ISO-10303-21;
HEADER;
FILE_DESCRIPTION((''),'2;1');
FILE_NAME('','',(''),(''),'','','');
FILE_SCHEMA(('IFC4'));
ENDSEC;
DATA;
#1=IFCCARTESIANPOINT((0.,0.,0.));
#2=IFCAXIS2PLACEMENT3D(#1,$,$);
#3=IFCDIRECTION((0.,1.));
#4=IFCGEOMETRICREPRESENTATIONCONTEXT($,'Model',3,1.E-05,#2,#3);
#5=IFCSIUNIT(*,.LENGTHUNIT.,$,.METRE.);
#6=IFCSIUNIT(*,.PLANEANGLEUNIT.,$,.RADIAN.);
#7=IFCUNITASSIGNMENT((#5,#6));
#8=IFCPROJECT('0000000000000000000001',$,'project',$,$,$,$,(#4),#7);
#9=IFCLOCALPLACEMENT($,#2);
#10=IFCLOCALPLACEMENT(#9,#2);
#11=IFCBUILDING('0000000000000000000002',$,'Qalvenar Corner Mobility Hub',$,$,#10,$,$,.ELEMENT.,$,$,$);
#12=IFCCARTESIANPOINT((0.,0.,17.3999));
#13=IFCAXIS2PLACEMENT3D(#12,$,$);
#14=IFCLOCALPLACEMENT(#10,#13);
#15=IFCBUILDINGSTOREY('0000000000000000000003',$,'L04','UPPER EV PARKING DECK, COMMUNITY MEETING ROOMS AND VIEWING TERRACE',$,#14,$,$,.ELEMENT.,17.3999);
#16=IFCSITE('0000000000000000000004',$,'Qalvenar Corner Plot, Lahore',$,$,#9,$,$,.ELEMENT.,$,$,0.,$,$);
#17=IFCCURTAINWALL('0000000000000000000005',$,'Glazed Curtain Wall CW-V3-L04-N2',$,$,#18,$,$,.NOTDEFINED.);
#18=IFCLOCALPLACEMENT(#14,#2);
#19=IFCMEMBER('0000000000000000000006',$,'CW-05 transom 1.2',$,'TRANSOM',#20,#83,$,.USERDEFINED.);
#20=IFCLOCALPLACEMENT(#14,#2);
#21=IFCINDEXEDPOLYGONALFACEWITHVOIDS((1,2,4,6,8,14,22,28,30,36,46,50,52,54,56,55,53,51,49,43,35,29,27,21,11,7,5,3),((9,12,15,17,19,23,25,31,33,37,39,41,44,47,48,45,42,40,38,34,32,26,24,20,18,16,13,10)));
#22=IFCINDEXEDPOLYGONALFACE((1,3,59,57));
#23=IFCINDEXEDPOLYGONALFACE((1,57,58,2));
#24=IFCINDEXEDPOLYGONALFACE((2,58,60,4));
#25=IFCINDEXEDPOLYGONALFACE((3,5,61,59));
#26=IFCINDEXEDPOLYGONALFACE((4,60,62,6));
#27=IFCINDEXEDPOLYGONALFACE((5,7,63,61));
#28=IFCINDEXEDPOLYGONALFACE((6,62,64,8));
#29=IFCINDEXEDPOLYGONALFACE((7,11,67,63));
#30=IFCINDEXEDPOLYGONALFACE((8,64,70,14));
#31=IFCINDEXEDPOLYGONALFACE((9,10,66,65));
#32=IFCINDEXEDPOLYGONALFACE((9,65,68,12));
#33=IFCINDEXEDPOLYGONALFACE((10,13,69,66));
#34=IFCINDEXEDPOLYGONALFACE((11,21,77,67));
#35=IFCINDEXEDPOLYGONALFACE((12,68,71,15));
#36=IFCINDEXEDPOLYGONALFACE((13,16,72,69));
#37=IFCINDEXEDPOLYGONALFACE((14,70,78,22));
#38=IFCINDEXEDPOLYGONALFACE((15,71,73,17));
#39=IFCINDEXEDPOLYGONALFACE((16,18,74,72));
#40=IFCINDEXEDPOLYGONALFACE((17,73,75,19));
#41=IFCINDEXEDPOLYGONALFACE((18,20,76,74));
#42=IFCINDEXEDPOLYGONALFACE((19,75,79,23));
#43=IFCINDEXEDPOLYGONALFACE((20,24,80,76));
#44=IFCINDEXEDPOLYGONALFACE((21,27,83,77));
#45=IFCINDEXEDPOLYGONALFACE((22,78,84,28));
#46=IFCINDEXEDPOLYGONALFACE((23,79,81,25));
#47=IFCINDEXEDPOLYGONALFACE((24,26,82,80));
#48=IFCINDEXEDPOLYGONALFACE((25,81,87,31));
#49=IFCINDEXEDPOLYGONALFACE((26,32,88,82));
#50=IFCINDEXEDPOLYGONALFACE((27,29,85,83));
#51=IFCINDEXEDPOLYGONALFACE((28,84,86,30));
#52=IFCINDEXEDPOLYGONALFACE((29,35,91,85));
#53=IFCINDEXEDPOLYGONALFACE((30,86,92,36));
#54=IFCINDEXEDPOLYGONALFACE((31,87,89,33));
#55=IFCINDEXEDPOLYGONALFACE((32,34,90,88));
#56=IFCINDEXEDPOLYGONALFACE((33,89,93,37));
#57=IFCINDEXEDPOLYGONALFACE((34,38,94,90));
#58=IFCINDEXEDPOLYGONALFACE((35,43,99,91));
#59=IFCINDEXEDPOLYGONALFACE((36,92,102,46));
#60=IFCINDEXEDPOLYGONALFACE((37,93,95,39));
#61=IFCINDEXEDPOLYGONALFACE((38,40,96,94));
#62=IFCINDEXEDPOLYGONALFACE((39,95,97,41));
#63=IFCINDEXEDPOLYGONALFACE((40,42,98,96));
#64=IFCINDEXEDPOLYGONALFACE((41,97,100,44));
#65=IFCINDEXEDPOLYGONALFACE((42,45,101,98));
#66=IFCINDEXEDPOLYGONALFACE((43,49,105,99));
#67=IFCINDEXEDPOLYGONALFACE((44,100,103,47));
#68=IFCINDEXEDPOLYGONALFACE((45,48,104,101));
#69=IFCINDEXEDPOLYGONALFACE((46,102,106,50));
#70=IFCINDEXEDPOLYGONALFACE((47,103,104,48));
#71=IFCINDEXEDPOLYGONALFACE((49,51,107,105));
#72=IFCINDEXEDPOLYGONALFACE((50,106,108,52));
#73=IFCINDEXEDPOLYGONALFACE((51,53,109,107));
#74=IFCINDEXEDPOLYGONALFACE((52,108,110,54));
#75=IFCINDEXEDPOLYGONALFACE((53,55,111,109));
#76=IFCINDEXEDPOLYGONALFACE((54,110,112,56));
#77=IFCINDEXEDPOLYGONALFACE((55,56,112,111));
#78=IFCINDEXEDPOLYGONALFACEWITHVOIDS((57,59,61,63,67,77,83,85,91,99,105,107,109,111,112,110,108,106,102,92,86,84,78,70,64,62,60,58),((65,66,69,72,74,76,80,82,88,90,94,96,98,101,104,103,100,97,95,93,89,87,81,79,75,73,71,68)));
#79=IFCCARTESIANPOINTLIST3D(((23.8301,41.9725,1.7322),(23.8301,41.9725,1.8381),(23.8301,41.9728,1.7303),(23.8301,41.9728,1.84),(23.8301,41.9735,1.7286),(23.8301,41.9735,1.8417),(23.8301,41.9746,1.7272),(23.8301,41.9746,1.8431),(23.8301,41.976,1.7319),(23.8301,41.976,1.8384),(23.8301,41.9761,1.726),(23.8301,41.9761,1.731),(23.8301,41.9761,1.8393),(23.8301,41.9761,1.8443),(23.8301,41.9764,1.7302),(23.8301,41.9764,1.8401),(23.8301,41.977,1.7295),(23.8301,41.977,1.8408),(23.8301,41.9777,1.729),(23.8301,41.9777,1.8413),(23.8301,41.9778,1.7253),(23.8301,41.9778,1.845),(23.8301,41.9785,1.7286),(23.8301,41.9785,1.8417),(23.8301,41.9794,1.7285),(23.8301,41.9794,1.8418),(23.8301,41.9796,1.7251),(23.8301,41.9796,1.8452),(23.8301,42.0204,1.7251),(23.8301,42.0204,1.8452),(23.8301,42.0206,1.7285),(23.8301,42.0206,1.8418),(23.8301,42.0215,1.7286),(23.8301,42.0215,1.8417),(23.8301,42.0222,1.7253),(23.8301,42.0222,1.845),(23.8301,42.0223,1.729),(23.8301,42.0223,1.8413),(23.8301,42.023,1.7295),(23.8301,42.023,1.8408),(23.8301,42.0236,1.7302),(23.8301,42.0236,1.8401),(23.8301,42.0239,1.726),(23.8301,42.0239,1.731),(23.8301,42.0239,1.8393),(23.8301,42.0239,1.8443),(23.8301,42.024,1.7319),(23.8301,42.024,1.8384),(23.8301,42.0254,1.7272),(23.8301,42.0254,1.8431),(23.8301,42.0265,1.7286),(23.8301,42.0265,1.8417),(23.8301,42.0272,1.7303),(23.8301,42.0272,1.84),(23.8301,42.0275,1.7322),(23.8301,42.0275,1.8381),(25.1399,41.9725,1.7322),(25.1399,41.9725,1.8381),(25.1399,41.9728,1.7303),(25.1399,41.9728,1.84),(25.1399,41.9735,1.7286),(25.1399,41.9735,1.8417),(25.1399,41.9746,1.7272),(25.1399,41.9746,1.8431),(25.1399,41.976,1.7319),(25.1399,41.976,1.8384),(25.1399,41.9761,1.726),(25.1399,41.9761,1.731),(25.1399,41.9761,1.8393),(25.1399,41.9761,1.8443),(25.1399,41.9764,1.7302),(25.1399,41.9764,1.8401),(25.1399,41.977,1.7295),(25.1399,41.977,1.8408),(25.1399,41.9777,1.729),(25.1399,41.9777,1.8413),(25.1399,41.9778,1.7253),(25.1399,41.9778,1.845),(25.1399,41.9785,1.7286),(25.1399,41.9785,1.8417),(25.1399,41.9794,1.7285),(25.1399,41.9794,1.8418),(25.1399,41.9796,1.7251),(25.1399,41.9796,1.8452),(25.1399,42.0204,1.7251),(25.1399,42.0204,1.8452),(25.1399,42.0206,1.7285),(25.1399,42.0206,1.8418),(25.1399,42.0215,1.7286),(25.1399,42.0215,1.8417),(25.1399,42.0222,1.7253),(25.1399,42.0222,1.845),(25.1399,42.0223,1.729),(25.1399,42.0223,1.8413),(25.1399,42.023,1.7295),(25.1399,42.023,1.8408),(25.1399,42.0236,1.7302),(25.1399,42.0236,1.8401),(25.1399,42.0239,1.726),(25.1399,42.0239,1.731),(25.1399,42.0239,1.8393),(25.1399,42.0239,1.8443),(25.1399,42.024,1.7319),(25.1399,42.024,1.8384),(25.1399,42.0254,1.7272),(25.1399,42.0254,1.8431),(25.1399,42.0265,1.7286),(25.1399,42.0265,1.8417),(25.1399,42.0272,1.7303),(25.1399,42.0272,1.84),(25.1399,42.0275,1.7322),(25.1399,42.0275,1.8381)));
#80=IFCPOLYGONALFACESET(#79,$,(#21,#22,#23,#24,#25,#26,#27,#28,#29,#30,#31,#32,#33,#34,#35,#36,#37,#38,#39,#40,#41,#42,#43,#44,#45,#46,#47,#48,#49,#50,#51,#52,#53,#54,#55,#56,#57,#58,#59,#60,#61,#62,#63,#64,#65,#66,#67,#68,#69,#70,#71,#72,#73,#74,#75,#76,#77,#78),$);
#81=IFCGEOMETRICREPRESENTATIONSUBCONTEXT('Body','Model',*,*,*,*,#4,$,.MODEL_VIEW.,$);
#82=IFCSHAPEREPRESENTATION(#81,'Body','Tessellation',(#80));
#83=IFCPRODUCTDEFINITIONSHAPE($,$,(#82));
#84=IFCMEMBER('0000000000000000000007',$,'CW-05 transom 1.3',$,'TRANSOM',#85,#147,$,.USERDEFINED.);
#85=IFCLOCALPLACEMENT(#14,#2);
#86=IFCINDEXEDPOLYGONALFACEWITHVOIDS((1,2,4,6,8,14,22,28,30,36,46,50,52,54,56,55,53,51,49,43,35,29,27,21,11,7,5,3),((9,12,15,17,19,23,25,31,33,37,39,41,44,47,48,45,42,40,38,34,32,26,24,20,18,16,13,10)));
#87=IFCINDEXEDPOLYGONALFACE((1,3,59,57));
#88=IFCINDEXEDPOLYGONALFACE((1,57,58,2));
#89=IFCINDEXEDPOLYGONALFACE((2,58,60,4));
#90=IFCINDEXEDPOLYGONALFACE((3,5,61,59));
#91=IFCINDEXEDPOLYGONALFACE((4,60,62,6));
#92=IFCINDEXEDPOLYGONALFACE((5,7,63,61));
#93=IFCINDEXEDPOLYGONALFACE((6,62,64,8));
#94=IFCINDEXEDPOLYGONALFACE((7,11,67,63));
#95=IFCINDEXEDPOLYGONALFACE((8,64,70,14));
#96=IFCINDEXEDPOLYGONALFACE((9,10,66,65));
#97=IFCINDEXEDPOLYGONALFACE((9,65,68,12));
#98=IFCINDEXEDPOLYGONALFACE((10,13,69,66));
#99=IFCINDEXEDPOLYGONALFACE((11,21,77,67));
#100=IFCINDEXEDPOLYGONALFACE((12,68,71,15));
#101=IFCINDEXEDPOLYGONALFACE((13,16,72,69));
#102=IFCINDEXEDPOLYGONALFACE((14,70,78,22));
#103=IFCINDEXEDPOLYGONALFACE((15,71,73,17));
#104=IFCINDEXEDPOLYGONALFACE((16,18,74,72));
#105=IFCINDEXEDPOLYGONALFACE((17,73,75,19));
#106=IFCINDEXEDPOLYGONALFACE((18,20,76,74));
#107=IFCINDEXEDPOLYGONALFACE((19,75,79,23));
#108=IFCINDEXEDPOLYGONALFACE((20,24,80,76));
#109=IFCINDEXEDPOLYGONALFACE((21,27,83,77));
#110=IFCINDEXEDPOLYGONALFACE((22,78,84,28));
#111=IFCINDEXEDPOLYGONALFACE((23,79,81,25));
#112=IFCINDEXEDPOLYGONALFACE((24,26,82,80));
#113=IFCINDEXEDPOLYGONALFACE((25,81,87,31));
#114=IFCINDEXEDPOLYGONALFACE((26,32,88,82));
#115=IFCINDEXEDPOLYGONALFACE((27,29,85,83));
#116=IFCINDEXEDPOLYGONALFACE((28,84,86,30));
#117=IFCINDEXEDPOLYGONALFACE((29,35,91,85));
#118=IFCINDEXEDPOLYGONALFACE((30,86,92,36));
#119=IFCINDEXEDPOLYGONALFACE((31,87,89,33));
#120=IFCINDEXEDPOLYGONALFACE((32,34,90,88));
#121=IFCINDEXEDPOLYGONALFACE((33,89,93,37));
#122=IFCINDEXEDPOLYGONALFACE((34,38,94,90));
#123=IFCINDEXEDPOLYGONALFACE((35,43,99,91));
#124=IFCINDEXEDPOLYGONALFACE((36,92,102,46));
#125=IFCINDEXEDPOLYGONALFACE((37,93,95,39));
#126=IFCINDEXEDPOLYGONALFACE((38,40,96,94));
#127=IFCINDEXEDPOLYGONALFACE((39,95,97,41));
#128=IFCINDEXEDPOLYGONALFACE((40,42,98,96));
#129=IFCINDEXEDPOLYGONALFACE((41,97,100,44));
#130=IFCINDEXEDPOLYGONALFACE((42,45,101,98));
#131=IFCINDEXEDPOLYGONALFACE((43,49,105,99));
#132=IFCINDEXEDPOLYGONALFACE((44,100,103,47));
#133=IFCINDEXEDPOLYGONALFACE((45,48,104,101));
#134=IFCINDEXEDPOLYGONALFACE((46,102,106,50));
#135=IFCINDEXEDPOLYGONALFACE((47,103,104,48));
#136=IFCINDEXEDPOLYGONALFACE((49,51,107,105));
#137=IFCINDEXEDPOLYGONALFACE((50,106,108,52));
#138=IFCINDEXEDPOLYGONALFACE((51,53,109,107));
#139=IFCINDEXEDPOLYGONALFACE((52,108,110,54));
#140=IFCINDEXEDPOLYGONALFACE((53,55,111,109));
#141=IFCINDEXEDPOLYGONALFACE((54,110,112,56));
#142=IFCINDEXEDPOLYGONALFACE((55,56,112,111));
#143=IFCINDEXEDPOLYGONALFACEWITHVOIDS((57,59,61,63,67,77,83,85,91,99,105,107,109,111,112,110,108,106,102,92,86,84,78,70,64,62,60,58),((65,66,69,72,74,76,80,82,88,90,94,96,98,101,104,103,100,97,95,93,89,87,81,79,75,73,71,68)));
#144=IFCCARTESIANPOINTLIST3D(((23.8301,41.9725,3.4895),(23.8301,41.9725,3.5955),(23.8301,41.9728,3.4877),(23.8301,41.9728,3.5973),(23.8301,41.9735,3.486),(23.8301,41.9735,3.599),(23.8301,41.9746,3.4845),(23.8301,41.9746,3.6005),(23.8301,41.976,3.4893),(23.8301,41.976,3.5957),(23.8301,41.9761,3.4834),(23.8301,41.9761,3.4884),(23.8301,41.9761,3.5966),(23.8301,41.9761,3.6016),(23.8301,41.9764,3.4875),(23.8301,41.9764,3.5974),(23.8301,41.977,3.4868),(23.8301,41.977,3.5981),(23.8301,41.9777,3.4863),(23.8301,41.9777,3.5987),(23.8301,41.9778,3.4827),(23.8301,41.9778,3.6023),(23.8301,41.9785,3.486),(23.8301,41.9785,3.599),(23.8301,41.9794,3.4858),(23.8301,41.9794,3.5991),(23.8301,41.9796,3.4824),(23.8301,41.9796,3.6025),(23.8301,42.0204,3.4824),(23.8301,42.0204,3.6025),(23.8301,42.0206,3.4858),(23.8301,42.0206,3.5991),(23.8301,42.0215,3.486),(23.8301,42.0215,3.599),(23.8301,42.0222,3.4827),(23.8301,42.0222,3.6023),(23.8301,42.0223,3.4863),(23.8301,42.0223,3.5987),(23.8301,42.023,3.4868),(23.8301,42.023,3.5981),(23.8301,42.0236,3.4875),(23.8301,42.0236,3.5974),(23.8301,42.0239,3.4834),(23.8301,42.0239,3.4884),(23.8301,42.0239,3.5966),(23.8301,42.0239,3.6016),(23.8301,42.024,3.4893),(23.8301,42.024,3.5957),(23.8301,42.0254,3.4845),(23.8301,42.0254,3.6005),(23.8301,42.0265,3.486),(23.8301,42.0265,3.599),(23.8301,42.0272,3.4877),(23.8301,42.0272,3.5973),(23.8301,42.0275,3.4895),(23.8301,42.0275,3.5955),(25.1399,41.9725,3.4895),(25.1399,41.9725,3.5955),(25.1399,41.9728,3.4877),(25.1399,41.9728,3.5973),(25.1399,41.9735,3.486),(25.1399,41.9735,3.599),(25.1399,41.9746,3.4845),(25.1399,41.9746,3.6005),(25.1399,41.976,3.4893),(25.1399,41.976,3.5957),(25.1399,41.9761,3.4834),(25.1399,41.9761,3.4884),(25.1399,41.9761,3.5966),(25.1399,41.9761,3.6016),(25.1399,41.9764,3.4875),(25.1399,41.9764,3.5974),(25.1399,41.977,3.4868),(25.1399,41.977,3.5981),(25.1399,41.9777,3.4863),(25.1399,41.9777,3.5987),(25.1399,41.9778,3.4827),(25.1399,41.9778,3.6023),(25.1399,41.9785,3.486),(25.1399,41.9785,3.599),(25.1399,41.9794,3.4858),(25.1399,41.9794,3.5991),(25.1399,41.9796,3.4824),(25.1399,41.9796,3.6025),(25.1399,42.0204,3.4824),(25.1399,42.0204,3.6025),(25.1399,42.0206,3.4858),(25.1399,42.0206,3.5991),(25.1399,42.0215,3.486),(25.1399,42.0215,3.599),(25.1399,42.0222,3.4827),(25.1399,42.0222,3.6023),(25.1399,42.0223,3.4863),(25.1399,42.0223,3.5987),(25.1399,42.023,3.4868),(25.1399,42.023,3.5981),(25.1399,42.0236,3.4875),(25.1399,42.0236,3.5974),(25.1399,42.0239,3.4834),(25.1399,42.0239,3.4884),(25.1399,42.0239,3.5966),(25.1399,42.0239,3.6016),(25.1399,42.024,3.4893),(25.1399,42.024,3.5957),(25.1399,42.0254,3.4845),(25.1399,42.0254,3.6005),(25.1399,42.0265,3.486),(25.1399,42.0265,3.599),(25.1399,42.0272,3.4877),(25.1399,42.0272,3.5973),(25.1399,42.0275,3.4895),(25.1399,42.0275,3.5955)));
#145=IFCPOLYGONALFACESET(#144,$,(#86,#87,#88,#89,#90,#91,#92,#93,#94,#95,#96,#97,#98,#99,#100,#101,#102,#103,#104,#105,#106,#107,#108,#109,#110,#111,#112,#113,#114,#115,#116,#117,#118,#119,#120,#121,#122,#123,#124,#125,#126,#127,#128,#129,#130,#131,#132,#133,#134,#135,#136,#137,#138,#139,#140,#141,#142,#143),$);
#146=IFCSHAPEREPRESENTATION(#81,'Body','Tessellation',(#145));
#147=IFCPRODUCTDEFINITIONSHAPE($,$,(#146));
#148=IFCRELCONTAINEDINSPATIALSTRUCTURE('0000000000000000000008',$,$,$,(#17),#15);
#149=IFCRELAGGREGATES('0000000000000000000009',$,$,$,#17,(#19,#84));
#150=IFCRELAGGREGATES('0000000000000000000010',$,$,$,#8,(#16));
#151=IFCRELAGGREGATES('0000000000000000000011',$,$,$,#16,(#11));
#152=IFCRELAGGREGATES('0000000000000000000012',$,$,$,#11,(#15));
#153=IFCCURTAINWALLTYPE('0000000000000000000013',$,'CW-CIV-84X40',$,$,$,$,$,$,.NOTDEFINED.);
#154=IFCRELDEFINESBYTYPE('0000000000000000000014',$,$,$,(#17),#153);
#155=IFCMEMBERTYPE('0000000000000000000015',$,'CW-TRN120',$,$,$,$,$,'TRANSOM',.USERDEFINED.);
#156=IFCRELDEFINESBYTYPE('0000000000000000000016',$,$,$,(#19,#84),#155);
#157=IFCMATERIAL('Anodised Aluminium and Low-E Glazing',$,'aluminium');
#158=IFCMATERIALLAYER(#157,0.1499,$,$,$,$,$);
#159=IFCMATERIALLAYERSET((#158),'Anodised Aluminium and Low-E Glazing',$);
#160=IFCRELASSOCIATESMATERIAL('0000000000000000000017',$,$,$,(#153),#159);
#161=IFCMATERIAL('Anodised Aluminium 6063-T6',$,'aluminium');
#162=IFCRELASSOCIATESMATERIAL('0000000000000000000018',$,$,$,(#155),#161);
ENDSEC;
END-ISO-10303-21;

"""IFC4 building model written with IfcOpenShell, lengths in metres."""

from ifc_helpers import new_model, si_unit, direction, frame, origin, origin_2d, place, context, subcontext, project, spatial, hollow_rectangle, extrude, material, layer, layer_set, material_profile, profile_set, type_object, element, aggregate, save


model = new_model("IFC4")

# Units and contexts
model_context = context("Model", 3, precision=1e-05, world=origin(), true_north=direction((0.0, 1.0)))
body_context = subcontext(model_context, "Body", "Model", "MODEL_VIEW")
ifc_project = project(units=[si_unit("LENGTHUNIT", "METRE"), si_unit("PLANEANGLEUNIT", "RADIAN")], contexts=[model_context])

# Site, building, storey
site_placement = place(None, origin())
site = spatial("IfcSite", under=ifc_project, at=site_placement, Name="Qalvenar Corner Plot, Lahore", CompositionType="ELEMENT", RefElevation=0.0)
building_placement = place(site_placement, origin())
building = spatial("IfcBuilding", under=site, at=building_placement, Name="Qalvenar Corner Mobility Hub", CompositionType="ELEMENT")
storey_placement = place(building_placement, frame((0.0, 0.0, 17.3999)))
storey = spatial("IfcBuildingStorey", under=building, at=storey_placement, Name="L04", Description="UPPER EV PARKING DECK, COMMUNITY MEETING ROOMS AND VIEWING TERRACE", CompositionType="ELEMENT", Elevation=17.3999)

# Curtain wall
ifc_material_1 = material(Name="Anodised Aluminium and Low-E Glazing", Category="aluminium")
ifc_layer_1 = layer(ifc_material_1, 0.1499)
ifc_layer_set_1 = layer_set([ifc_layer_1], Name="Anodised Aluminium and Low-E Glazing")
curtain_wall_type = type_object("IfcCurtainWallType", Name="CW-CIV-84X40", PredefinedType="NOTDEFINED", material=ifc_layer_set_1)
curtain_wall_1_placement = place(storey_placement, origin())
curtain_wall_1 = element("IfcCurtainWall", 1, at=curtain_wall_1_placement, inside=storey, type_object=curtain_wall_type, Name="Glazed Curtain Wall CW-V3-L04-N2", PredefinedType="NOTDEFINED")
ifc_material_2 = material(Name="Anodised Aluminium 6063-T6", Category="aluminium")

# Members
ifc_material_profile_1 = material_profile(ifc_material_2, hollow_rectangle(XDim=0.0549, YDim=0.1201, WallThickness=0.0034, InnerFilletRadius=0.0034, OuterFilletRadius=0.0071, at=origin_2d()), Name="RHS120x55x3.5")
ifc_profile_set_1 = profile_set([ifc_material_profile_1], Name="Anodised Aluminium 6063-T6")
member_type_1 = type_object("IfcMemberType", Name="CW-TRN120", ElementType="TRANSOM", PredefinedType="USERDEFINED", material=ifc_profile_set_1)
member_1_placement = place(storey_placement, frame((25.1399, 42.0, 1.7852), z_axis=(-1.0, 0.0, 0.0), x_axis=(0.0, -1.0, 0.0)))
member_1 = element("IfcMember", 2, at=member_1_placement, type_object=member_type_1, Name="CW-05 transom 1.2", ObjectType="TRANSOM", PredefinedType="USERDEFINED", context=body_context, shape_type="SweptSolid", body=[
    extrude(hollow_rectangle(XDim=0.0549, YDim=0.1201, WallThickness=0.0034, InnerFilletRadius=0.0034, OuterFilletRadius=0.0071, at=origin_2d()), origin(), (0.0, 0.0, 1.0), 1.3098),
])
member_2_placement = place(storey_placement, frame((25.1399, 42.0, 3.5425), z_axis=(-1.0, 0.0, 0.0), x_axis=(0.0, -1.0, 0.0)))
member_2 = element("IfcMember", 3, at=member_2_placement, type_object=member_type_1, Name="CW-05 transom 1.3", ObjectType="TRANSOM", PredefinedType="USERDEFINED", context=body_context, shape_type="SweptSolid", body=[
    extrude(hollow_rectangle(XDim=0.0549, YDim=0.1201, WallThickness=0.0034, InnerFilletRadius=0.0034, OuterFilletRadius=0.0071, at=origin_2d()), origin(), (0.0, 0.0, 1.0), 1.3098),
])

aggregate(curtain_wall_1, [member_1, member_2])

save(model, "model.ifc")
